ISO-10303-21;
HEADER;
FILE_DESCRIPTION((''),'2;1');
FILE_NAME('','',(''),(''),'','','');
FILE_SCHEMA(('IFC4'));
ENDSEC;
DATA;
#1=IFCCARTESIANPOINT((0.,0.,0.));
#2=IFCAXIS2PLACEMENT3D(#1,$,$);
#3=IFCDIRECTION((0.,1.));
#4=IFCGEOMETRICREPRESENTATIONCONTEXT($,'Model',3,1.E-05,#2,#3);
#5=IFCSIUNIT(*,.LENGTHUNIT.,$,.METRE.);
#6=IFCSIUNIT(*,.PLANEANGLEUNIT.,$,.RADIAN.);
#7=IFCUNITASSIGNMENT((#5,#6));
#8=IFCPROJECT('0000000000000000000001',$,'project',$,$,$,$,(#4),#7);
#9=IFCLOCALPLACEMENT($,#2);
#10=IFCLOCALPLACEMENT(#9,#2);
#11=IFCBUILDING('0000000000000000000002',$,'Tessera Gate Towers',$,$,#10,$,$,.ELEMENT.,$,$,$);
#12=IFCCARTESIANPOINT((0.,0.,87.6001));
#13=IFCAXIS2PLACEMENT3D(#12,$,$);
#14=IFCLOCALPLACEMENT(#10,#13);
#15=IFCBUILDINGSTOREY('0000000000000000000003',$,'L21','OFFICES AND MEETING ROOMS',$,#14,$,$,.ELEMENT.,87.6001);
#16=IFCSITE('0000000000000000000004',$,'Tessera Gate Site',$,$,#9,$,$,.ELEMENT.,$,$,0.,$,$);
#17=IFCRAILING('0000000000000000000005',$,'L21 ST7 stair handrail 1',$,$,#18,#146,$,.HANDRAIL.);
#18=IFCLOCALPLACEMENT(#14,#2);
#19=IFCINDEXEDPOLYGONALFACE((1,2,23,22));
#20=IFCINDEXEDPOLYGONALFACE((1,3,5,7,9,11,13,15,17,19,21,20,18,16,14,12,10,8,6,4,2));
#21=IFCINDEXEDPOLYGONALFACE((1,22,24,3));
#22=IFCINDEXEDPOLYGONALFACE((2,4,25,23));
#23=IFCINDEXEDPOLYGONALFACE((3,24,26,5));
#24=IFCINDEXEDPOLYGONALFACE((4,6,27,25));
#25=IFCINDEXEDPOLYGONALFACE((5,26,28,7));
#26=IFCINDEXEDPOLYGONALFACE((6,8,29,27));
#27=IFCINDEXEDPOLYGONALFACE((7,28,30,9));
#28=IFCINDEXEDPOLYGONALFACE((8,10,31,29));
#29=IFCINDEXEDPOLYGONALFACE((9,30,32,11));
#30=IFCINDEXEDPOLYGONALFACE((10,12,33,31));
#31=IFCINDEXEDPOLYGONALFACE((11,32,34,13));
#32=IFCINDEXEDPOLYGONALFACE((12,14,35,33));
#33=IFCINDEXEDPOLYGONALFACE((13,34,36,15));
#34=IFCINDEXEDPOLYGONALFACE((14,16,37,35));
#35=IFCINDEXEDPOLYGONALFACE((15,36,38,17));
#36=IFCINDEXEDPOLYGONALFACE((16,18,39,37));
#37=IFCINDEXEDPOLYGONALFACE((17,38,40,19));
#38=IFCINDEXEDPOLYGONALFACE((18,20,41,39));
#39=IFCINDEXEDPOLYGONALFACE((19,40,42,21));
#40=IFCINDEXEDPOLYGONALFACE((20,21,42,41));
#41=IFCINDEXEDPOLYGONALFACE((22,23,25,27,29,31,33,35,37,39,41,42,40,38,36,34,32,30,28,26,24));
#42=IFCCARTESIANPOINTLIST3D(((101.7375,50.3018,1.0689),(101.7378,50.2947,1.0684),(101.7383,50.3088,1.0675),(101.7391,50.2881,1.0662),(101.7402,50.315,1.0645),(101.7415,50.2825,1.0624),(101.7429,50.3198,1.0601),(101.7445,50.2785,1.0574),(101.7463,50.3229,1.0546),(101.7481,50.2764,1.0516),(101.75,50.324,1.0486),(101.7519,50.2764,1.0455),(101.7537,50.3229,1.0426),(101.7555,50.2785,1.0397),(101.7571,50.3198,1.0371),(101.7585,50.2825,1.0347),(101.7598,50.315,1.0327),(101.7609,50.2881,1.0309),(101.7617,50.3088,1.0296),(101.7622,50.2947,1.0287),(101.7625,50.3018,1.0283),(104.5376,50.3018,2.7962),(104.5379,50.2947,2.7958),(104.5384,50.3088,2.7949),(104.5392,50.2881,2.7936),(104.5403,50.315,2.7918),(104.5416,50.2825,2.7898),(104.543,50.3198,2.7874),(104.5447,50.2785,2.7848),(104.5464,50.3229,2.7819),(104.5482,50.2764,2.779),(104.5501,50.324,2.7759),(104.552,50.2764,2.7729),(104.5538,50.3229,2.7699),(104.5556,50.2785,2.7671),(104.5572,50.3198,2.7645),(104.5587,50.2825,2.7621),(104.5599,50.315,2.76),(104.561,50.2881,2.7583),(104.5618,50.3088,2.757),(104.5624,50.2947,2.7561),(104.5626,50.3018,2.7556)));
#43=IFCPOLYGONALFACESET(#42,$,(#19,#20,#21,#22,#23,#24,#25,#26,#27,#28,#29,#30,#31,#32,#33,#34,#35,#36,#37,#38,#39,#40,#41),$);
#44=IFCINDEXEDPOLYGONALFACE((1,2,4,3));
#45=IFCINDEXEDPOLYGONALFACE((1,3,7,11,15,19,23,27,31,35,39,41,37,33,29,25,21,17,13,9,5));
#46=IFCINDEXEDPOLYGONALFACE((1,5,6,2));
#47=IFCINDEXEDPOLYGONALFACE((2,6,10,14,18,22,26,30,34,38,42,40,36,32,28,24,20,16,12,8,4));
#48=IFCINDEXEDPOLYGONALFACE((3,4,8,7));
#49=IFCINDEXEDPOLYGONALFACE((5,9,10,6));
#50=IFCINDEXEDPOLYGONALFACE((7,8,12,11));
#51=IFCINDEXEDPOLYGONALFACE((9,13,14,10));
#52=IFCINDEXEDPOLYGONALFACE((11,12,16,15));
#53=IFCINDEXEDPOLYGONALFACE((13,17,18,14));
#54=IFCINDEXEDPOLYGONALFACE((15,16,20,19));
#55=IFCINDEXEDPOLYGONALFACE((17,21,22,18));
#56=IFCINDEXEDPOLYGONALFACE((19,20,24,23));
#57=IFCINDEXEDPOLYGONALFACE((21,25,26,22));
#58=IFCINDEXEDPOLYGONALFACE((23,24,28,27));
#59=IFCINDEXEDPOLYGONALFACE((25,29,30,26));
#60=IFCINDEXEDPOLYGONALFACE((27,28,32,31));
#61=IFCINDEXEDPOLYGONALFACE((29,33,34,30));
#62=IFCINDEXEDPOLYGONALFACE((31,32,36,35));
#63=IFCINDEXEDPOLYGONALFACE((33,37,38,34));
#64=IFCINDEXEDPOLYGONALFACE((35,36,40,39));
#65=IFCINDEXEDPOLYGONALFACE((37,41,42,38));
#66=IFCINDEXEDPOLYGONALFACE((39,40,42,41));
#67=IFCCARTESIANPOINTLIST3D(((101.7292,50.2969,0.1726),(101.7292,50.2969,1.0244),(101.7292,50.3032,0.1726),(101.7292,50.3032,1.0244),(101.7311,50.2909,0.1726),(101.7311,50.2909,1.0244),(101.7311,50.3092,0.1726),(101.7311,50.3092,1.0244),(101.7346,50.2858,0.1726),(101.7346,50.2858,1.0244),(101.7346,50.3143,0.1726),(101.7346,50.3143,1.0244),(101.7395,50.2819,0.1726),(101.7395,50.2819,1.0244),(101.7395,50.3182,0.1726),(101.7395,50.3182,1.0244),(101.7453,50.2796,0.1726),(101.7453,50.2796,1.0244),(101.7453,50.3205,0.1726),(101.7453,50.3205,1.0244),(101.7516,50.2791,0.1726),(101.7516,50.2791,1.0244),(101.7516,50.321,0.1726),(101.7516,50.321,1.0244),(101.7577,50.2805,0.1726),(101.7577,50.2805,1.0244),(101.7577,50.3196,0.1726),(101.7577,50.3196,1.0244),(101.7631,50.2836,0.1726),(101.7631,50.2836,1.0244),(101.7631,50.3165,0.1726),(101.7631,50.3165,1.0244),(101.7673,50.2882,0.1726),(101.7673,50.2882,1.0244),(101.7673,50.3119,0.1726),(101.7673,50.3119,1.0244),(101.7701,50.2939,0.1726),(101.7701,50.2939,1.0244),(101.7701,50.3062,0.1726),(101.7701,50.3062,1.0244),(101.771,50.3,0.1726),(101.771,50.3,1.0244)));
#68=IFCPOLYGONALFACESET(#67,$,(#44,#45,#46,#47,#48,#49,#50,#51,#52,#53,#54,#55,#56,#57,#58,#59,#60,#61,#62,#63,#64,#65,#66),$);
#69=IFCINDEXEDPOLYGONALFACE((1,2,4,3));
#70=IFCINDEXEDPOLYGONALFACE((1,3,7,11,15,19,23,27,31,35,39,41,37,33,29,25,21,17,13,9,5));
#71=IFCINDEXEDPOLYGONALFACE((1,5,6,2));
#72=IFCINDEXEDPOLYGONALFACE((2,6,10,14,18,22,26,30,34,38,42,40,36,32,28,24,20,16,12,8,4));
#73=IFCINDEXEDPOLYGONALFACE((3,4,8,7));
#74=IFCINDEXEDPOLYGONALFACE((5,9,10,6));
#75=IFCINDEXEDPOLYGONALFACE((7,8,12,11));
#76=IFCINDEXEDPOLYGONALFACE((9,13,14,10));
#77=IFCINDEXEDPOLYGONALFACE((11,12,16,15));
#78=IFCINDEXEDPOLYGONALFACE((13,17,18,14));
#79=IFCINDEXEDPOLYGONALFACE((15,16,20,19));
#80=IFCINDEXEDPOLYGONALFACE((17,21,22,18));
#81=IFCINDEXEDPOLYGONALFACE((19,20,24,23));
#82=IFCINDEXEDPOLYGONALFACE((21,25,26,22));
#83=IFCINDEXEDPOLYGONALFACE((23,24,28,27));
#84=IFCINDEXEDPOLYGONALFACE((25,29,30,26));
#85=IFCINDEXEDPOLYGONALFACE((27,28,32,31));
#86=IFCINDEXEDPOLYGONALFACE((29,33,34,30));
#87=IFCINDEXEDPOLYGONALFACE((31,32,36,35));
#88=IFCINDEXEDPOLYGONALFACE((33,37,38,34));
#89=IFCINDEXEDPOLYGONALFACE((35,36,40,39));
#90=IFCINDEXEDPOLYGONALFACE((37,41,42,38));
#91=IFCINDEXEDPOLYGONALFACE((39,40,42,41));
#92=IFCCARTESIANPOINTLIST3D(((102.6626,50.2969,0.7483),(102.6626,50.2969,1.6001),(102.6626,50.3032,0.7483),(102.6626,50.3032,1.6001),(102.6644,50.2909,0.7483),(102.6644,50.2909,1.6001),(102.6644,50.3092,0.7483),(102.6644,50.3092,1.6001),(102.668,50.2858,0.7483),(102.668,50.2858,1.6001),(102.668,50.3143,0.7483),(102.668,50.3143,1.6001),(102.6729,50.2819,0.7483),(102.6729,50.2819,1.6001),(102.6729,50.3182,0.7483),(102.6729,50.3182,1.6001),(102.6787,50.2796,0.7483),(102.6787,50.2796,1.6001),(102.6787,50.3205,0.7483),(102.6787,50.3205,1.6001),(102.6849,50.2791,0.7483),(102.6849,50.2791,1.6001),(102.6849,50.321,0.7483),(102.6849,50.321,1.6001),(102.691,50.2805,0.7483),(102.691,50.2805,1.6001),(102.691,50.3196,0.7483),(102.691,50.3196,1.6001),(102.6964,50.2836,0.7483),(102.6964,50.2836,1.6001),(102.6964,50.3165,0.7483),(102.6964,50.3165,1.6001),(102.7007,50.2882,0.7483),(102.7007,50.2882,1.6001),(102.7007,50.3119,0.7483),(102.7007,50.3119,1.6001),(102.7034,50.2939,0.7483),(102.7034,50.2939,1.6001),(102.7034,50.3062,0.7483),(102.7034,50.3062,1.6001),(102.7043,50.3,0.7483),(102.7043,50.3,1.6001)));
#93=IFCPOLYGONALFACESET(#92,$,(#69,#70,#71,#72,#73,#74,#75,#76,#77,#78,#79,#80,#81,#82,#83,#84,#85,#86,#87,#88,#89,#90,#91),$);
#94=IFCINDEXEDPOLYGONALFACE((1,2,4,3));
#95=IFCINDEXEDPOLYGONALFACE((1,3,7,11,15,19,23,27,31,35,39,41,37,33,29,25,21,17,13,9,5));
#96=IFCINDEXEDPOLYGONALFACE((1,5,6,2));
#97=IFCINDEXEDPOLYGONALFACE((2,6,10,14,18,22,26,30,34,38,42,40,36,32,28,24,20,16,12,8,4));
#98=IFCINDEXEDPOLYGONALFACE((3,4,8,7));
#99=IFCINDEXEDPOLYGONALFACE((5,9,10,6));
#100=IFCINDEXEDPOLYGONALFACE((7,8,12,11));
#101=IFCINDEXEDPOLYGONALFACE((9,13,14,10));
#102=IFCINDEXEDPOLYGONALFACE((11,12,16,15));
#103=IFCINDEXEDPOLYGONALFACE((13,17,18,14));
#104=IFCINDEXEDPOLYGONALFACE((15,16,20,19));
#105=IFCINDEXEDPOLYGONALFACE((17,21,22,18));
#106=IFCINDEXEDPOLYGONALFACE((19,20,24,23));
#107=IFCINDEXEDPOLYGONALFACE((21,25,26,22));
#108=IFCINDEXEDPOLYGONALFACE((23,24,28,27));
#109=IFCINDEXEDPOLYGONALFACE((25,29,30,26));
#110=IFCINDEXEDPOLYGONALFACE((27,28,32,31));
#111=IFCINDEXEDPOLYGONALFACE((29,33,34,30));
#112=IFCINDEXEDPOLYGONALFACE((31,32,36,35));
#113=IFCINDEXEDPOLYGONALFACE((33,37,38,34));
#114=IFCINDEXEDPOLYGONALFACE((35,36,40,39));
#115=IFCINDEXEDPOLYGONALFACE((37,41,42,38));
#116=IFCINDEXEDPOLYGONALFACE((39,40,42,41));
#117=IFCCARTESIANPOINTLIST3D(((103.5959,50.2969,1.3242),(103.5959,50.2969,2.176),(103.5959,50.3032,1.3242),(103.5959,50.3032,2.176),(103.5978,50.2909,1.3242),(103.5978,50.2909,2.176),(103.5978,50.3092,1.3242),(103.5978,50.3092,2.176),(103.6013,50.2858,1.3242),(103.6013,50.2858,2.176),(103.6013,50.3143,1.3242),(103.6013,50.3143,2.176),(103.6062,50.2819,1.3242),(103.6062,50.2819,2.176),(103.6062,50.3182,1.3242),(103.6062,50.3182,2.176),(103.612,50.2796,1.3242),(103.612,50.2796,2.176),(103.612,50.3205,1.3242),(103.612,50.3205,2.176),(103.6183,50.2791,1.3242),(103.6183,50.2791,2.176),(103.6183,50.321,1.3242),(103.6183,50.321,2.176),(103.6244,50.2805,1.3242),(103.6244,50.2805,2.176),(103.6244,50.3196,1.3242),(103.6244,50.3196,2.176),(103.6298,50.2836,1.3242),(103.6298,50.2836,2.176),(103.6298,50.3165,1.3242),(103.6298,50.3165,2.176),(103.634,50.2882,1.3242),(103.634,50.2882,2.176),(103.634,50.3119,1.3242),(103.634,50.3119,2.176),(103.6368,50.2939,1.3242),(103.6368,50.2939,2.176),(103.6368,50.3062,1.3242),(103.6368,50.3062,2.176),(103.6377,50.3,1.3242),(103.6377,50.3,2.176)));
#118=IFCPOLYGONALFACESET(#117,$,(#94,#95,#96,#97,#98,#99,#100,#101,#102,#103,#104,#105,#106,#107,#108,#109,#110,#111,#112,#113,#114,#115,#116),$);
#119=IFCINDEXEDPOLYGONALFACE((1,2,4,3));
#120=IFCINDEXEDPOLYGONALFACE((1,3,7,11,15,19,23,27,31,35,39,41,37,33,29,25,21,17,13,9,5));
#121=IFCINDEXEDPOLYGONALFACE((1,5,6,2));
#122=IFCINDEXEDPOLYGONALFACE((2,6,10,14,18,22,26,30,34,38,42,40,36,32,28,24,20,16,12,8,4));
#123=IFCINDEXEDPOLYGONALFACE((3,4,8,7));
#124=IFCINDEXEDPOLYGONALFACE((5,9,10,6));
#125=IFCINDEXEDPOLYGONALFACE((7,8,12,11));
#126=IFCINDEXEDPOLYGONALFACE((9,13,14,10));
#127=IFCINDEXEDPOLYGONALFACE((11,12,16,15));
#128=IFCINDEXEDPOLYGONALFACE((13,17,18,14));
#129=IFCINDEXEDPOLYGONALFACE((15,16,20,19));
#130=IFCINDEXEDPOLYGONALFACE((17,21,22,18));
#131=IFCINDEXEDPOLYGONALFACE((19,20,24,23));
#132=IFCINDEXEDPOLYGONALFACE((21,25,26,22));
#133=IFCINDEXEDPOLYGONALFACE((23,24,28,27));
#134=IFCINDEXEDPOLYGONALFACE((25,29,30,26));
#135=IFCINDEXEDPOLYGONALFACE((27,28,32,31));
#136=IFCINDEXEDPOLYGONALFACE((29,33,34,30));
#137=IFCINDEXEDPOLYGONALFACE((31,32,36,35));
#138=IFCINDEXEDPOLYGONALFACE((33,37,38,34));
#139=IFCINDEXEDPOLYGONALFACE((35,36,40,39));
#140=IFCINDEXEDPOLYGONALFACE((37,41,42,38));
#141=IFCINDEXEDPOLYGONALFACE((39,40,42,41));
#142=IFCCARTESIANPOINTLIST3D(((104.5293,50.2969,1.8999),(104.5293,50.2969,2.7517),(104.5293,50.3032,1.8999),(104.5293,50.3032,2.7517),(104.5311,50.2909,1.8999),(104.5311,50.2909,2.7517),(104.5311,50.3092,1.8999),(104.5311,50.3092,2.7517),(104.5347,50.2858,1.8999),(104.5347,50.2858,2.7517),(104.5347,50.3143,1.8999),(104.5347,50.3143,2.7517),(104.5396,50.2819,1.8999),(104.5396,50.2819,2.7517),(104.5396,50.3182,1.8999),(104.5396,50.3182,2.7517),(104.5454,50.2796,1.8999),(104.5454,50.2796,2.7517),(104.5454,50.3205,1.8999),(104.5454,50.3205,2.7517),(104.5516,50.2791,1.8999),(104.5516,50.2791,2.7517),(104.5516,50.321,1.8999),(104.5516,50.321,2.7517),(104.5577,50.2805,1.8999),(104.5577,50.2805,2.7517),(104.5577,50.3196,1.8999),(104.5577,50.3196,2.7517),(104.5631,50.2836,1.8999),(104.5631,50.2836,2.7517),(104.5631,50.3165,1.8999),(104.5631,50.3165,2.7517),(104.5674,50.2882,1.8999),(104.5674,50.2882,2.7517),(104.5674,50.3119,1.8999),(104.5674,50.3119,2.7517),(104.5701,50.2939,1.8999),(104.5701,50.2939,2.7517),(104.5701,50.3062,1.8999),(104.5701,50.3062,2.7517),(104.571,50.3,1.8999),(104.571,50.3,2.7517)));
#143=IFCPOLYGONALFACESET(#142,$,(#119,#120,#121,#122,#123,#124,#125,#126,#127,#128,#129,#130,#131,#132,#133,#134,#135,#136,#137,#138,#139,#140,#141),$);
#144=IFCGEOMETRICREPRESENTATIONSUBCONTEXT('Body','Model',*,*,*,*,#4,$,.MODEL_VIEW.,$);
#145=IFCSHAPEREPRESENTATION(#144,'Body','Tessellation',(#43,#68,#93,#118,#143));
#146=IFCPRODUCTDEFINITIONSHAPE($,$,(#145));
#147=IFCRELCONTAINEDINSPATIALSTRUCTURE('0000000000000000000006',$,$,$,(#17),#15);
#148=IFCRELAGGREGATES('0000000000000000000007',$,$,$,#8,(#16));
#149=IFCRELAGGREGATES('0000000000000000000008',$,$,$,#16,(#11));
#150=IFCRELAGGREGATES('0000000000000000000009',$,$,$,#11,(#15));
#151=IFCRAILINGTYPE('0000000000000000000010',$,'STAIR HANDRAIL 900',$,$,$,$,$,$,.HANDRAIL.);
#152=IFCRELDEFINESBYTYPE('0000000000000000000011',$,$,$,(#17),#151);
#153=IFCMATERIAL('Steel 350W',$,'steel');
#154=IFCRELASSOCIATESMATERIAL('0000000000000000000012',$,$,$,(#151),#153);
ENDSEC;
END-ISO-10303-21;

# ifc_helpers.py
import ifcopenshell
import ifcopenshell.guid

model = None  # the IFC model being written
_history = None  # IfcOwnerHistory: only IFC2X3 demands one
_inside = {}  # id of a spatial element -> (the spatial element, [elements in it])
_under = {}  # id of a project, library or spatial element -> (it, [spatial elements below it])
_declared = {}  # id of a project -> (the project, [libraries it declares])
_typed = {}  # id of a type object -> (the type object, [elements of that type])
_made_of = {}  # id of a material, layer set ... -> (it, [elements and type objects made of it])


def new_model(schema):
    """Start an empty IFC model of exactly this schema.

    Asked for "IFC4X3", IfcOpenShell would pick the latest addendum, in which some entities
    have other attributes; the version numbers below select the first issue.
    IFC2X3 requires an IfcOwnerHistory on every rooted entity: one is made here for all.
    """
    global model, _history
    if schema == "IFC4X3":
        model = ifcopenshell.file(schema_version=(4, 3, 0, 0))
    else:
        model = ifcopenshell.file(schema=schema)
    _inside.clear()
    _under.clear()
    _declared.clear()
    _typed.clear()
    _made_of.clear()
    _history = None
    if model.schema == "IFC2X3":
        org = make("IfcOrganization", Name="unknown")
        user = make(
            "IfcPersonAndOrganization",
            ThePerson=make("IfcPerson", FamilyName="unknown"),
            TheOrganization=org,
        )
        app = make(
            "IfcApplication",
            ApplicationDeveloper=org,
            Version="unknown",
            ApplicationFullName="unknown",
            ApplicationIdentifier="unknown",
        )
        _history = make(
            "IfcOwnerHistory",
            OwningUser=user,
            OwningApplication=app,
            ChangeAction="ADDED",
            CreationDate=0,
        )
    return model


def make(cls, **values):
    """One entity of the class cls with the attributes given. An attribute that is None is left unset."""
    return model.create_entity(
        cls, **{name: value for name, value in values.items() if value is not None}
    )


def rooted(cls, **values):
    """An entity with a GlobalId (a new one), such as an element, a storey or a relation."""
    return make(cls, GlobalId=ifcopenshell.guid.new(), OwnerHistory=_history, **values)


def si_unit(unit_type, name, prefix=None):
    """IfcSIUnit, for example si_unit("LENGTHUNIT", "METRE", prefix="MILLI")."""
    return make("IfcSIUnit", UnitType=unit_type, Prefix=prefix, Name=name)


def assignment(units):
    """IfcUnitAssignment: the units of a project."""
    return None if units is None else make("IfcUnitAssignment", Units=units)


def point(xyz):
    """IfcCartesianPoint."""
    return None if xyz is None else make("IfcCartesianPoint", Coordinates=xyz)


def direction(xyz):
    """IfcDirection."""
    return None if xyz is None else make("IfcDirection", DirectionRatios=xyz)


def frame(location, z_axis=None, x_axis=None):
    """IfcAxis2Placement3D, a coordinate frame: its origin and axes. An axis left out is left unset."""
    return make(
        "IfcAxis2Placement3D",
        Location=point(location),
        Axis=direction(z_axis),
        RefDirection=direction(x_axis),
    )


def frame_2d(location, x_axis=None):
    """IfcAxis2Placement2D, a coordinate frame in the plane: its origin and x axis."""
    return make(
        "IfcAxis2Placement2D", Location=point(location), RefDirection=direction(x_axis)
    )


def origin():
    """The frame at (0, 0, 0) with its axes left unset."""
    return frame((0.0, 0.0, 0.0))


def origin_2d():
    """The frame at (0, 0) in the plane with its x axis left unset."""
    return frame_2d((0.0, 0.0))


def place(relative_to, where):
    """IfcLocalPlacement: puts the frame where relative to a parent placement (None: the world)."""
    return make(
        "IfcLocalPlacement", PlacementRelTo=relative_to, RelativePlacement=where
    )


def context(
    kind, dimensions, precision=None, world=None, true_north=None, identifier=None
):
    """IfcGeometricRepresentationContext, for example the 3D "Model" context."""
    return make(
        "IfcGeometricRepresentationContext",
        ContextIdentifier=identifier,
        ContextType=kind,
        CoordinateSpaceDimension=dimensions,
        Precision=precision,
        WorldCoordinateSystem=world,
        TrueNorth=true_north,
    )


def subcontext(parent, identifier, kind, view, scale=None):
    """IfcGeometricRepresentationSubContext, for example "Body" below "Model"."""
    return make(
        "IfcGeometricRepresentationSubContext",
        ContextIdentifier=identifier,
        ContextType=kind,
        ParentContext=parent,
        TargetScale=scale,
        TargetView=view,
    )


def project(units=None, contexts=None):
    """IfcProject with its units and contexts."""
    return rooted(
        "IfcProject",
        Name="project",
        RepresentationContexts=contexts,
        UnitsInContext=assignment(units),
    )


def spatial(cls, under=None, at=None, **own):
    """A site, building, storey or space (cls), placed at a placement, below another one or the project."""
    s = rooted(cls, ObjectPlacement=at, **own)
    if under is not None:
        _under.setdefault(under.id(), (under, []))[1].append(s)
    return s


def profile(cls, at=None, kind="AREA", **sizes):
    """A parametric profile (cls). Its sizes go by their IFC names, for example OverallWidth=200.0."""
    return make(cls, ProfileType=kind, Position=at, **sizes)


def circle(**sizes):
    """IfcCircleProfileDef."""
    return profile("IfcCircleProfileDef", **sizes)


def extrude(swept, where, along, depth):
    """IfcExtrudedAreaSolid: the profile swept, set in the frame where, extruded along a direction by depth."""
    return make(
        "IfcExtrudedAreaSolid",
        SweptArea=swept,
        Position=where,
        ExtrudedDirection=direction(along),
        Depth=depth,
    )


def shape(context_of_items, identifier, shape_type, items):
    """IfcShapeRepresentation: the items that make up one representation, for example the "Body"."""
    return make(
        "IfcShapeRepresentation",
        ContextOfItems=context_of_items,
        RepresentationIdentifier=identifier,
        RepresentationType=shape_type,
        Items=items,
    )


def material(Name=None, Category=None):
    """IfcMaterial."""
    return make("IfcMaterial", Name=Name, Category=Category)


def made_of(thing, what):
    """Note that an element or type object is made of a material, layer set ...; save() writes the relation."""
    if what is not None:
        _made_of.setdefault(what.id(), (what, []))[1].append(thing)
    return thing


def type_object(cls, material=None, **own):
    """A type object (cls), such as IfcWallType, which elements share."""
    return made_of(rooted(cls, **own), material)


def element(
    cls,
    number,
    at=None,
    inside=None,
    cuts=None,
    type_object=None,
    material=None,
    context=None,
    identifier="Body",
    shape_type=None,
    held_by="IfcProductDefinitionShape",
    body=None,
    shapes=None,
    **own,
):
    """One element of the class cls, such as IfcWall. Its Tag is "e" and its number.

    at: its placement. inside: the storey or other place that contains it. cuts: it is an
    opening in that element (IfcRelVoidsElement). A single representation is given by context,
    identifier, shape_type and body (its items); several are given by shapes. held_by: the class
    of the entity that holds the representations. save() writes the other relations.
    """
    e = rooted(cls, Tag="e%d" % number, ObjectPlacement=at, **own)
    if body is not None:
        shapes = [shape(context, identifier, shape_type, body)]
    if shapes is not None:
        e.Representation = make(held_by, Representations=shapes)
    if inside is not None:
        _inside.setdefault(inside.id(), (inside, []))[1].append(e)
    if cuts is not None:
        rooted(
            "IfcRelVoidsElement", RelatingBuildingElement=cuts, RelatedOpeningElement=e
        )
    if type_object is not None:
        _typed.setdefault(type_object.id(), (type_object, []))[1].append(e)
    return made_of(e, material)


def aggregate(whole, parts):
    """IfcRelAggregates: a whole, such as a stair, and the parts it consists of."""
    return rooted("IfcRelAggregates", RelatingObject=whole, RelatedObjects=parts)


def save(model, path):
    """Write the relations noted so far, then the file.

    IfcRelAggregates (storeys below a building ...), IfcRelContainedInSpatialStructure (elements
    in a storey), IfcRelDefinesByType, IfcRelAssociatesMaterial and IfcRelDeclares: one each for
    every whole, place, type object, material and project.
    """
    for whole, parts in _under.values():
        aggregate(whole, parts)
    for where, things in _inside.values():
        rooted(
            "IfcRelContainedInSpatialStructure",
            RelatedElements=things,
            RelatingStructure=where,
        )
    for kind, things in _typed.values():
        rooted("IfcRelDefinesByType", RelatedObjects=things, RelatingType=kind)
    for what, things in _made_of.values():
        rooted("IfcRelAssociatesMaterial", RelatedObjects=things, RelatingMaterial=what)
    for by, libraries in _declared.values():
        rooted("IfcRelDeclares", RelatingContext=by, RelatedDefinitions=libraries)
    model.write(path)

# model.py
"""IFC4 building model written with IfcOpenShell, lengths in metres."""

from ifc_helpers import new_model, si_unit, direction, frame, origin, origin_2d, place, context, subcontext, project, spatial, circle, extrude, material, type_object, element, save


model = new_model("IFC4")

# Units and contexts
model_context = context("Model", 3, precision=1e-05, world=origin(), true_north=direction((0.0, 1.0)))
body_context = subcontext(model_context, "Body", "Model", "MODEL_VIEW")
ifc_project = project(units=[si_unit("LENGTHUNIT", "METRE"), si_unit("PLANEANGLEUNIT", "RADIAN")], contexts=[model_context])

# Site, building, storey
site_placement = place(None, origin())
site = spatial("IfcSite", under=ifc_project, at=site_placement, Name="Tessera Gate Site", CompositionType="ELEMENT", RefElevation=0.0)
building_placement = place(site_placement, origin())
building = spatial("IfcBuilding", under=site, at=building_placement, Name="Tessera Gate Towers", CompositionType="ELEMENT")
storey_placement = place(building_placement, frame((0.0, 0.0, 87.6001)))
storey = spatial("IfcBuildingStorey", under=building, at=storey_placement, Name="L21", Description="OFFICES AND MEETING ROOMS", CompositionType="ELEMENT", Elevation=87.6001)

# Railing
ifc_material_1 = material(Name="Steel 350W", Category="steel")
railing_type_1 = type_object("IfcRailingType", Name="STAIR HANDRAIL 900", PredefinedType="HANDRAIL", material=ifc_material_1)
railing_1_placement = place(storey_placement, frame((101.75, 50.3, 0.1726)))
element("IfcRailing", 1, at=railing_1_placement, inside=storey, type_object=railing_type_1, Name="L21 ST7 stair handrail 1", PredefinedType="HANDRAIL", context=body_context, shape_type="SweptSolid", body=[
    extrude(circle(Radius=0.0239, at=origin_2d()), frame((0.0, 0.0, 0.876), z_axis=(0.85109, 0.0, 0.52502), x_axis=(0.0, 1.0, 0.0)), (0.0, 0.0, 1.0), 3.29),
    extrude(circle(Radius=0.021, at=origin_2d()), origin(), (0.0, 0.0, 1.0), 0.8518),
    extrude(circle(Radius=0.021, at=origin_2d()), frame((0.9333, 0.0, 0.5757)), (0.0, 0.0, 1.0), 0.8518),
    extrude(circle(Radius=0.021, at=origin_2d()), frame((1.8667, 0.0, 1.1516)), (0.0, 0.0, 1.0), 0.8518),
    extrude(circle(Radius=0.021, at=origin_2d()), frame((2.8, 0.0, 1.7273)), (0.0, 0.0, 1.0), 0.8518),
])

save(model, "model.ifc")
